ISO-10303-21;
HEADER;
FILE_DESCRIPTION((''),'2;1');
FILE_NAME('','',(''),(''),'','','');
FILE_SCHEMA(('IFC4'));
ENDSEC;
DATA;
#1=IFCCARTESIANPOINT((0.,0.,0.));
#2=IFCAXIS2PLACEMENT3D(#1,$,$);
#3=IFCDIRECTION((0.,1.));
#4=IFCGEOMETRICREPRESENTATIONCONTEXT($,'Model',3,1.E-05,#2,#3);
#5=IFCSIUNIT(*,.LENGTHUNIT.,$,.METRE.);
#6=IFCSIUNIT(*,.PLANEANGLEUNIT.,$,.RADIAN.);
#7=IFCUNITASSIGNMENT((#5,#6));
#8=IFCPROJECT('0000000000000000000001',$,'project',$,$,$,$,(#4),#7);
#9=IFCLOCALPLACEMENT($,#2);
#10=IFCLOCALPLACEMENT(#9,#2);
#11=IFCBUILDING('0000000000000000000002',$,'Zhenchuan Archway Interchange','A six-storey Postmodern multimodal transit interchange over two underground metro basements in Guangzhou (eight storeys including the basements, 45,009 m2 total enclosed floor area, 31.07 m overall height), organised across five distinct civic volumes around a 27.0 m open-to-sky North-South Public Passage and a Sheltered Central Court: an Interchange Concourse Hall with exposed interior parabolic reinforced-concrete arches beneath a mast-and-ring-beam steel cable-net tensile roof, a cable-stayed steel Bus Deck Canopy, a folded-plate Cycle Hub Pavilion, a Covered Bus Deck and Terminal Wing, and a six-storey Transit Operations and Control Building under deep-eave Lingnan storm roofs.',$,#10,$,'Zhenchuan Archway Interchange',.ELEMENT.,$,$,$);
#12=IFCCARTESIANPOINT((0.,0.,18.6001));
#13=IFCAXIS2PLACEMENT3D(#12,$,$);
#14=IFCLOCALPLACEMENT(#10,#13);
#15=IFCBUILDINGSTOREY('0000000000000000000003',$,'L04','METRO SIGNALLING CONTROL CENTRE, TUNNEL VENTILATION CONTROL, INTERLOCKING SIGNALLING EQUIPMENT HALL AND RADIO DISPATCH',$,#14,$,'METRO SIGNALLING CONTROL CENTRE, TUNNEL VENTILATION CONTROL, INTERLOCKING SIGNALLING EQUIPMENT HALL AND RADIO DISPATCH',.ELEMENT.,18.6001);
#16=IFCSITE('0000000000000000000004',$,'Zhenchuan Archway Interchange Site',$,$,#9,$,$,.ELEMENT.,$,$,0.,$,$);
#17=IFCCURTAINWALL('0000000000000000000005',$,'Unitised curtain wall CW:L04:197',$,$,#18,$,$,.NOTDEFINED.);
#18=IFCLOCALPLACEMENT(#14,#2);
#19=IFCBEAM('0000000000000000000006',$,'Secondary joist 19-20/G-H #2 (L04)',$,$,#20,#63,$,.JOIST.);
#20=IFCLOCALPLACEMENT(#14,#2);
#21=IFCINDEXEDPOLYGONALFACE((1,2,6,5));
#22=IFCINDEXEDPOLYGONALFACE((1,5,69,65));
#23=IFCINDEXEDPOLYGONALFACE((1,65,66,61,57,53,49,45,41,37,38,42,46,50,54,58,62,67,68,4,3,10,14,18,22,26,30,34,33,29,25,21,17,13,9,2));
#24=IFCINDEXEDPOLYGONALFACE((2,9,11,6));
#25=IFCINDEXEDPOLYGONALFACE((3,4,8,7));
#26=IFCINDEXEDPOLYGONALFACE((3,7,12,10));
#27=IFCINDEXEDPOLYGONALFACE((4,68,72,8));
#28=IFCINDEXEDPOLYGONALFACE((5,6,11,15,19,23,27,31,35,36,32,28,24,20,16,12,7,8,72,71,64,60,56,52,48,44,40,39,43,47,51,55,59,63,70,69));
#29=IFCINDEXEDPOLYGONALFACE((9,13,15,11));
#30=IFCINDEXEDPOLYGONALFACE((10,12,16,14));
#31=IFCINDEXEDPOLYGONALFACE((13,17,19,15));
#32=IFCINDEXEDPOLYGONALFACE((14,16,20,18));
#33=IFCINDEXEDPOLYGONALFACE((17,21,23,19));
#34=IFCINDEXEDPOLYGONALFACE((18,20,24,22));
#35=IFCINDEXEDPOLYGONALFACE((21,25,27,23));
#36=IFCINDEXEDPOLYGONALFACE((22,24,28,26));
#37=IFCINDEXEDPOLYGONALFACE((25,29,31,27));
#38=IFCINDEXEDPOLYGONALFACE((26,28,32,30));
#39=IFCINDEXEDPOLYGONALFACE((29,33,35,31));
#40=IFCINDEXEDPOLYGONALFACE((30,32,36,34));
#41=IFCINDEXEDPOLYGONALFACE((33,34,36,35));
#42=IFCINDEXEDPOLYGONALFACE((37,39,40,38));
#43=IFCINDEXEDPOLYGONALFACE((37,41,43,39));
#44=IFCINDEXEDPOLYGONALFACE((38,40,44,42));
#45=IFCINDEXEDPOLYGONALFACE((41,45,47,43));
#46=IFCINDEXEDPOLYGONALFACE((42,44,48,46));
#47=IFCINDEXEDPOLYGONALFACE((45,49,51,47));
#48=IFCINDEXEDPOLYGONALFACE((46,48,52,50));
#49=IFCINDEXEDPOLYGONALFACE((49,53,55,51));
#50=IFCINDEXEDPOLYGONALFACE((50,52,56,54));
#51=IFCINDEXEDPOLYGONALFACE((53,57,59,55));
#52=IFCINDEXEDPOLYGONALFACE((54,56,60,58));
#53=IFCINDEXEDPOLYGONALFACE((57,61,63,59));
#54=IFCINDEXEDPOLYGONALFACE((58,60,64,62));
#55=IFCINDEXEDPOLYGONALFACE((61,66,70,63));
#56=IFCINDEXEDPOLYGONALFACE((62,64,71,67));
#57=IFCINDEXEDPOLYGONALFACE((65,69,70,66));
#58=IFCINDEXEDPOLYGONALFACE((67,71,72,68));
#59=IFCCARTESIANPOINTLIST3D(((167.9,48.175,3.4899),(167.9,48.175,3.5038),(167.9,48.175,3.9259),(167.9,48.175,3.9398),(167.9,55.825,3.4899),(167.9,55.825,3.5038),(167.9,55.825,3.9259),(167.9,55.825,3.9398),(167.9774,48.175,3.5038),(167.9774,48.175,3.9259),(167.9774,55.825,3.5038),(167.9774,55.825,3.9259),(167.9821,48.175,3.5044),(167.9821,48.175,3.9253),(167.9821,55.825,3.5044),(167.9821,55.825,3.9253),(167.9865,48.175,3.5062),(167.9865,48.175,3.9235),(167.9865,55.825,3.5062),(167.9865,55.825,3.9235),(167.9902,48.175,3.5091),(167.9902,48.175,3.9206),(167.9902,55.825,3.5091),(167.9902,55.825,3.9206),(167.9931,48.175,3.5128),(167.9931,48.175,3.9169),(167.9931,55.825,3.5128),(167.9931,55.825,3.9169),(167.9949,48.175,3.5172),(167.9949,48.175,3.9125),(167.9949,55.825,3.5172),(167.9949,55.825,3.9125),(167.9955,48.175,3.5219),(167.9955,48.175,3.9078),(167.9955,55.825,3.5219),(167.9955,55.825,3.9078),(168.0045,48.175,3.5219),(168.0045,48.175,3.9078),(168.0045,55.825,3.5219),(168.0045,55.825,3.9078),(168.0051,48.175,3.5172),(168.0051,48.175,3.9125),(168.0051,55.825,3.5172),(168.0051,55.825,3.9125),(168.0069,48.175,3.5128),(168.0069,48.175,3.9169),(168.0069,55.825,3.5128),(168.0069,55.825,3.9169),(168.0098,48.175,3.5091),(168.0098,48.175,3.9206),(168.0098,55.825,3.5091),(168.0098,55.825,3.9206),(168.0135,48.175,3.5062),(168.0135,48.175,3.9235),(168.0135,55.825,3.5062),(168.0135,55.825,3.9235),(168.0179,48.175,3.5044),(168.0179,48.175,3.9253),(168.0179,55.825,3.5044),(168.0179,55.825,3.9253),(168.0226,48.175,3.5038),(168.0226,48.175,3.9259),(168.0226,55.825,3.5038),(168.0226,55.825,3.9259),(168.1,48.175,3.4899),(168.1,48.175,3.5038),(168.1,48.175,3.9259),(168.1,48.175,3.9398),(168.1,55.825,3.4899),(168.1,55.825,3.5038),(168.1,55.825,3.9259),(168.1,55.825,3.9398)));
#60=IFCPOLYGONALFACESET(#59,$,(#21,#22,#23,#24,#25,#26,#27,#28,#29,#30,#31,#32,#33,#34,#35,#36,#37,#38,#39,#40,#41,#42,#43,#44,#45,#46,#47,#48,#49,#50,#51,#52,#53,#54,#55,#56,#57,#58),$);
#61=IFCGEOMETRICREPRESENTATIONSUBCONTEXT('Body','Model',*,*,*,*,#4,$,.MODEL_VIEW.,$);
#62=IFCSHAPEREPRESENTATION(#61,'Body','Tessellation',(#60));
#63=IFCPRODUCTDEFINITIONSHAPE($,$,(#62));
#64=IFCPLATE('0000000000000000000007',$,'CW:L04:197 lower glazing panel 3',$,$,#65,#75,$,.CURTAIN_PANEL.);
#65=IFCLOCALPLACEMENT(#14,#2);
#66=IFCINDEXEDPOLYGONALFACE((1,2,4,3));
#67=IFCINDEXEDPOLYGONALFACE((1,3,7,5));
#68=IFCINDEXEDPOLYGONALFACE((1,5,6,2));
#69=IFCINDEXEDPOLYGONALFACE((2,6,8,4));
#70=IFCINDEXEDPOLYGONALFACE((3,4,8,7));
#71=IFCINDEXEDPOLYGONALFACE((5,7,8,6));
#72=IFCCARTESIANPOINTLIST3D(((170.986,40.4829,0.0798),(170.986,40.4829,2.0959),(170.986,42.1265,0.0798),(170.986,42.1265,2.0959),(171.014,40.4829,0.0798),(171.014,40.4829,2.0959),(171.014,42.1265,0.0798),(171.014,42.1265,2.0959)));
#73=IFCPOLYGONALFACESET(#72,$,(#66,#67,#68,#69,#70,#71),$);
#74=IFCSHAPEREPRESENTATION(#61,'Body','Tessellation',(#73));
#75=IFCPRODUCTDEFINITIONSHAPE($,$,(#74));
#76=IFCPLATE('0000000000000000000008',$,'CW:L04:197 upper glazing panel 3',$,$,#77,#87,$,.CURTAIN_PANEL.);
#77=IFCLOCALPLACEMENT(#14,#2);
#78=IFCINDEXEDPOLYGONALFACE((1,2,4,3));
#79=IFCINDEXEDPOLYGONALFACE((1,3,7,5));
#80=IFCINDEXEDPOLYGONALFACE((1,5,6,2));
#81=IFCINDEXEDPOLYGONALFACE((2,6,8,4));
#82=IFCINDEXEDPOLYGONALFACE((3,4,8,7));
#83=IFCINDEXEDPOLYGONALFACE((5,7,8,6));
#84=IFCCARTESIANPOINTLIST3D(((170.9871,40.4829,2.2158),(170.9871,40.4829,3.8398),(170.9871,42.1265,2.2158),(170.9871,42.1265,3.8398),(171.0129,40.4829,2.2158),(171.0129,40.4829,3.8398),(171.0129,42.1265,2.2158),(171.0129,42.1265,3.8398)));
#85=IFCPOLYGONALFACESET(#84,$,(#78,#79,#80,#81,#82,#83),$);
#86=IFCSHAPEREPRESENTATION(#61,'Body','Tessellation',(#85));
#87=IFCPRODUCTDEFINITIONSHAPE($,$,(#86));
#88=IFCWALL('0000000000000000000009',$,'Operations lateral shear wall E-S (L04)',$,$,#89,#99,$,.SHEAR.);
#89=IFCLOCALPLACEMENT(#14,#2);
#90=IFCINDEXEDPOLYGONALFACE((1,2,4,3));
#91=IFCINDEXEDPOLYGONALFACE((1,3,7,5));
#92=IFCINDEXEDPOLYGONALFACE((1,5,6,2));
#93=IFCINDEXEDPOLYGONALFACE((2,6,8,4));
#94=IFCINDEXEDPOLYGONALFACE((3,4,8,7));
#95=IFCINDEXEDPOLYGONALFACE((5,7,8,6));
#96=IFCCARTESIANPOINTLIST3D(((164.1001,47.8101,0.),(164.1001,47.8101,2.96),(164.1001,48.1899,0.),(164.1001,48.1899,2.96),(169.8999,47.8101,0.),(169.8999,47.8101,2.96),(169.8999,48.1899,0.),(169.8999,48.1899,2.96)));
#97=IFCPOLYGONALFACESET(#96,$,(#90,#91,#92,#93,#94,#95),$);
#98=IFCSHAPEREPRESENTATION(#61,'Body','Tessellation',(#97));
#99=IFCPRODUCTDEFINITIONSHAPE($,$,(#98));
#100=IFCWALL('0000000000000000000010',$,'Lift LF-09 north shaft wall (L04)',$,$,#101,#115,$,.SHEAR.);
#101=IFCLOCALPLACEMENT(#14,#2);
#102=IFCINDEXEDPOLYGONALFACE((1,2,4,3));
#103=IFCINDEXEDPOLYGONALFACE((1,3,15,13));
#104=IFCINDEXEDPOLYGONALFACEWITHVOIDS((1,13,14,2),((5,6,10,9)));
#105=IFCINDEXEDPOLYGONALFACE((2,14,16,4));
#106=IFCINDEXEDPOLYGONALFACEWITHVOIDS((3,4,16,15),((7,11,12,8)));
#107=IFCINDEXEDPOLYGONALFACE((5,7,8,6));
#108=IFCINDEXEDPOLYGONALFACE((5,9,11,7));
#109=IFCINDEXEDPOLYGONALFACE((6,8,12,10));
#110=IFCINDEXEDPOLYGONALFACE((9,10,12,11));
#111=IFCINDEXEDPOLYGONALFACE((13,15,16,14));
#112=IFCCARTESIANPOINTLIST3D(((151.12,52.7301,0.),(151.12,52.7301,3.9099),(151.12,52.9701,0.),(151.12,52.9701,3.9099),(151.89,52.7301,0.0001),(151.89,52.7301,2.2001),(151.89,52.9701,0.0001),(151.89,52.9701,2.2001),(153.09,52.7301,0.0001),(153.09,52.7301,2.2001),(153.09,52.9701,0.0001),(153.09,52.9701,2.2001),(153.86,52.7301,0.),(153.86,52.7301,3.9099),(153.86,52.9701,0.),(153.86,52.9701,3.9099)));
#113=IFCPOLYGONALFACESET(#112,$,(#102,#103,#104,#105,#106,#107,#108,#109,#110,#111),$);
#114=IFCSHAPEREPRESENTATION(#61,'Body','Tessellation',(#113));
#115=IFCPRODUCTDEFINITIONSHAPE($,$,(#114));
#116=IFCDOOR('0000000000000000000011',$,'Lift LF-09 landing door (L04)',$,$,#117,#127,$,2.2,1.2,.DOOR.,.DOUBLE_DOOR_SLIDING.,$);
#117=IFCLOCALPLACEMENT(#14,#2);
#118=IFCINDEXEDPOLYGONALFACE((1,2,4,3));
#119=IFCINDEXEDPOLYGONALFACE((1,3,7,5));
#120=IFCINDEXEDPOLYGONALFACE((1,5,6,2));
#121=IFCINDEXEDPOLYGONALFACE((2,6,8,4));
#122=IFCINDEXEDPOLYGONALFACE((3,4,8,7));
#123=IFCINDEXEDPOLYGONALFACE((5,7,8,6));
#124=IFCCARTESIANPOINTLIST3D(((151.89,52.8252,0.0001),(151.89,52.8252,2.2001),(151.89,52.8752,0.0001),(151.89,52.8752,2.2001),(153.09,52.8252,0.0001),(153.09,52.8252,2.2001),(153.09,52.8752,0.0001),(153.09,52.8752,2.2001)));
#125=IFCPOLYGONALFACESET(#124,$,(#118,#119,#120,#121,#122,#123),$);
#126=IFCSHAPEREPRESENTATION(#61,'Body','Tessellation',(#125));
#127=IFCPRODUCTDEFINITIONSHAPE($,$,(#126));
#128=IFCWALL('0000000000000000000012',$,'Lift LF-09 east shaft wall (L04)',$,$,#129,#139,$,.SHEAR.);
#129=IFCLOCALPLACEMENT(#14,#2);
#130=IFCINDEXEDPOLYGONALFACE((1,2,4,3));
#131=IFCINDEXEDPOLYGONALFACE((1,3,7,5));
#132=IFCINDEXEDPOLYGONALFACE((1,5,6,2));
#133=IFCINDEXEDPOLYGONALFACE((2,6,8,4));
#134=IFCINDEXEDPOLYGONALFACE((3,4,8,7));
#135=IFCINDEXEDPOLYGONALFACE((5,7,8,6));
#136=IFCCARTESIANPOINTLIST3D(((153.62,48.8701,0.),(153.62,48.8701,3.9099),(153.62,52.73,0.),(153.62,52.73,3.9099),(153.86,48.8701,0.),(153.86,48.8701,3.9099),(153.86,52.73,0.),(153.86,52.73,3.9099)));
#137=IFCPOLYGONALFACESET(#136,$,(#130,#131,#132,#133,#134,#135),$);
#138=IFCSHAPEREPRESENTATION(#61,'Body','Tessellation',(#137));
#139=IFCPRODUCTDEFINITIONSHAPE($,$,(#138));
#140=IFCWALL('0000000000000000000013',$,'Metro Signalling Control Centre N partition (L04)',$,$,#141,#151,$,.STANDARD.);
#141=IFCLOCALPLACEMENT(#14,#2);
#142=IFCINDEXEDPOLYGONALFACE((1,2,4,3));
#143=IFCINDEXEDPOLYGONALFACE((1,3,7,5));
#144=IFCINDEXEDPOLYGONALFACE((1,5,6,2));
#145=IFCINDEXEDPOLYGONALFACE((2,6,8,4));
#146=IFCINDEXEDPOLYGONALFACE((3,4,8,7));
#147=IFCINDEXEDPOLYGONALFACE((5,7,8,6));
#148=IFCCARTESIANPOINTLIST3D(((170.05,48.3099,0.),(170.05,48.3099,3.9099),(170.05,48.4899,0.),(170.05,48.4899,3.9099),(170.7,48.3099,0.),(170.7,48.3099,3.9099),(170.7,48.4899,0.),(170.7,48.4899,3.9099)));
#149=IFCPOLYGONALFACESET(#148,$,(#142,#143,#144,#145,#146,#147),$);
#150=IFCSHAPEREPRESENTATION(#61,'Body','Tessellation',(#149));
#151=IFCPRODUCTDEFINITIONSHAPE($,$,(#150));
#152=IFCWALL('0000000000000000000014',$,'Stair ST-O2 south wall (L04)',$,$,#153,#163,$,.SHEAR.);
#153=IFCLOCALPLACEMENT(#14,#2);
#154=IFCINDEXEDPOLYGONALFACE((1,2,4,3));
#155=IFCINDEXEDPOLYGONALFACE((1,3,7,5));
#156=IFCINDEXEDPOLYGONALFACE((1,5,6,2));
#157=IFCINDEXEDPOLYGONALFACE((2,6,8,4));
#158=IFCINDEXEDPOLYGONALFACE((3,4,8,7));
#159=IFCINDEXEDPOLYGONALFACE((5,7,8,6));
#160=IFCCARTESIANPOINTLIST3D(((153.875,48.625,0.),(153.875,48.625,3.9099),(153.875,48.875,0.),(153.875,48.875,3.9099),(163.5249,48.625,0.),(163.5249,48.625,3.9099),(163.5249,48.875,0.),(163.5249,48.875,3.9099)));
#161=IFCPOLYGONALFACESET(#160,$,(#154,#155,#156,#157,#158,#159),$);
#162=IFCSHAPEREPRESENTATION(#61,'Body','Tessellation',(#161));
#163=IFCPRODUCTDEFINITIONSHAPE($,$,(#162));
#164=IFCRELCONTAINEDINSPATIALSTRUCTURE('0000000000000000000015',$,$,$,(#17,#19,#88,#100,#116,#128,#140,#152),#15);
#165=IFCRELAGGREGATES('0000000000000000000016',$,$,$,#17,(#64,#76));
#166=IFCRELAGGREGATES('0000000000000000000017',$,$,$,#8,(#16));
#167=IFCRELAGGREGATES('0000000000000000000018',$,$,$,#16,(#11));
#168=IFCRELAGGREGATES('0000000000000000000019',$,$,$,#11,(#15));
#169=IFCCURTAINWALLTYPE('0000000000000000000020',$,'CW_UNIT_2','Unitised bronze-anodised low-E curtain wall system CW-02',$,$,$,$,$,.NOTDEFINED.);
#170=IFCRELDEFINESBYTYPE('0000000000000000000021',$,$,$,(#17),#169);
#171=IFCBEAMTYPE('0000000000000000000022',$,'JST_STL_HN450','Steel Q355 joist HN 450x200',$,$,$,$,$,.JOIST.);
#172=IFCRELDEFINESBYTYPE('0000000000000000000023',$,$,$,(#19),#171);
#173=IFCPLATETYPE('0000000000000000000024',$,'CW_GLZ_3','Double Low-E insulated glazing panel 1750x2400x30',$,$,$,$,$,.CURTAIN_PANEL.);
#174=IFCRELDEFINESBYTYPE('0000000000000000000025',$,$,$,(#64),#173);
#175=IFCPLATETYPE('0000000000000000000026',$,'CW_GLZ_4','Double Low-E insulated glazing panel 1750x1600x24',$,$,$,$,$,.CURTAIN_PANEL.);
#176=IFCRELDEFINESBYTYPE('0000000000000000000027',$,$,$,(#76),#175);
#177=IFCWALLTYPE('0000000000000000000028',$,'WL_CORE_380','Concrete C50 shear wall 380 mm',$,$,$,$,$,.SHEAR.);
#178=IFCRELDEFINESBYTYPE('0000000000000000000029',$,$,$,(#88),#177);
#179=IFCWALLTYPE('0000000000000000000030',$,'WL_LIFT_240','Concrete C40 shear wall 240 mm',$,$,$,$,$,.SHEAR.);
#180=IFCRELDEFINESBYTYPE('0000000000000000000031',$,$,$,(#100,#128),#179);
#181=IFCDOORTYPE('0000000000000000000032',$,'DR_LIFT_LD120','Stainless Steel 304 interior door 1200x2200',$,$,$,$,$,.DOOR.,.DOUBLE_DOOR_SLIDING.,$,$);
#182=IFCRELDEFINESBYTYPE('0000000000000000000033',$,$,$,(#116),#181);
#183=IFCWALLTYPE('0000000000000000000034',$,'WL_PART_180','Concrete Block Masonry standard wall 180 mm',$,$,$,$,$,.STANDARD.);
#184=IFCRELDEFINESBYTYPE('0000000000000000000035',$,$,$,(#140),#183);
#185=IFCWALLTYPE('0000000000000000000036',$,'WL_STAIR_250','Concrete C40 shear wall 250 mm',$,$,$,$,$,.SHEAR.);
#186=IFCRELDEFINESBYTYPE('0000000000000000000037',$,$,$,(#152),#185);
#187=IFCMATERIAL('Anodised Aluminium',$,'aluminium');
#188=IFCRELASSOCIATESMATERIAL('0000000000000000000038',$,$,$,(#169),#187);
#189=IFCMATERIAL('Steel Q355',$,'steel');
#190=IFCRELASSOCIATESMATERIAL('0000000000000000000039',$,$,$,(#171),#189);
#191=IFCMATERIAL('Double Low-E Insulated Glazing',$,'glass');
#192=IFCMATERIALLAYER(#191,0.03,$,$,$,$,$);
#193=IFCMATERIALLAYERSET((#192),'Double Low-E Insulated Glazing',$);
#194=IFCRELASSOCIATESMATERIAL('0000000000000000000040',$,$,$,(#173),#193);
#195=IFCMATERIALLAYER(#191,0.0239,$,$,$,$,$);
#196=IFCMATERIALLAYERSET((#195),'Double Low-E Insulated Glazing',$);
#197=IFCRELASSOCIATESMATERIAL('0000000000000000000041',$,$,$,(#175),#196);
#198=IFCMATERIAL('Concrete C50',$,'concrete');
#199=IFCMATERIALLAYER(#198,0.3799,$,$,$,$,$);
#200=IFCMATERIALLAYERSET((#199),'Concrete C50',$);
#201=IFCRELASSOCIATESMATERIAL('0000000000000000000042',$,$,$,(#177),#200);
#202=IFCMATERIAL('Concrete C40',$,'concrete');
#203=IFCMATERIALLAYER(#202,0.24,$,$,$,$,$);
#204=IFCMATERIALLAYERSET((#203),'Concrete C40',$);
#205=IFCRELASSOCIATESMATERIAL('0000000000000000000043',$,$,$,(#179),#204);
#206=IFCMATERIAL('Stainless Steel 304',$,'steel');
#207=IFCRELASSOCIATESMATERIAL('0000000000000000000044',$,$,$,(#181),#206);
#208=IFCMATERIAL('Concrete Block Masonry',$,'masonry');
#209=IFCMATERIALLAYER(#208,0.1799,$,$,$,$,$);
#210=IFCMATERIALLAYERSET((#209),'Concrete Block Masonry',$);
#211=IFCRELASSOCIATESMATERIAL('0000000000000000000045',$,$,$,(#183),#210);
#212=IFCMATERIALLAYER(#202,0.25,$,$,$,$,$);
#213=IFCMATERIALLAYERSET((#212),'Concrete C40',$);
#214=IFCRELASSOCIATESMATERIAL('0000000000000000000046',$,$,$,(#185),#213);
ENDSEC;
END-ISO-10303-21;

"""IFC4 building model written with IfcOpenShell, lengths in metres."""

from ifc_helpers import new_model, si_unit, direction, frame, frame_2d, origin, origin_2d, place, context, subcontext, project, spatial, rectangle, i_section, extrude, material, layer, layer_set, material_profile, profile_set, type_object, element, fill, aggregate, save


model = new_model("IFC4")

# Units and contexts
model_context = context("Model", 3, precision=1e-05, world=origin(), true_north=direction((0.0, 1.0)))
body_context = subcontext(model_context, "Body", "Model", "MODEL_VIEW")
ifc_project = project(units=[si_unit("LENGTHUNIT", "METRE"), si_unit("PLANEANGLEUNIT", "RADIAN")], contexts=[model_context])

# Site, building, storey
site_placement = place(None, origin())
site = spatial("IfcSite", under=ifc_project, at=site_placement, Name="Zhenchuan Archway Interchange Site", CompositionType="ELEMENT", RefElevation=0.0)
building_placement = place(site_placement, origin())
building = spatial("IfcBuilding", under=site, at=building_placement, Name="Zhenchuan Archway Interchange", Description="A six-storey Postmodern multimodal transit interchange over two underground metro basements in Guangzhou (eight storeys including the basements, 45,009 m2 total enclosed floor area, 31.07 m overall height), organised across five distinct civic volumes around a 27.0 m open-to-sky North-South Public Passage and a Sheltered Central Court: an Interchange Concourse Hall with exposed interior parabolic reinforced-concrete arches beneath a mast-and-ring-beam steel cable-net tensile roof, a cable-stayed steel Bus Deck Canopy, a folded-plate Cycle Hub Pavilion, a Covered Bus Deck and Terminal Wing, and a six-storey Transit Operations and Control Building under deep-eave Lingnan storm roofs.", LongName="Zhenchuan Archway Interchange", CompositionType="ELEMENT")
storey_placement = place(building_placement, frame((0.0, 0.0, 18.6001)))
storey = spatial("IfcBuildingStorey", under=building, at=storey_placement, Name="L04", Description="METRO SIGNALLING CONTROL CENTRE, TUNNEL VENTILATION CONTROL, INTERLOCKING SIGNALLING EQUIPMENT HALL AND RADIO DISPATCH", LongName="METRO SIGNALLING CONTROL CENTRE, TUNNEL VENTILATION CONTROL, INTERLOCKING SIGNALLING EQUIPMENT HALL AND RADIO DISPATCH", CompositionType="ELEMENT", Elevation=18.6001)

# Shared definitions
ifc_material_1 = material(Name="Concrete C40", Category="concrete")

# Curtain wall
ifc_material_2 = material(Name="Anodised Aluminium", Category="aluminium")
curtain_wall_type = type_object("IfcCurtainWallType", Name="CW_UNIT_2", Description="Unitised bronze-anodised low-E curtain wall system CW-02", PredefinedType="NOTDEFINED", material=ifc_material_2)
curtain_wall_placement = place(storey_placement, origin())
curtain_wall = element("IfcCurtainWall", 1, at=curtain_wall_placement, inside=storey, type_object=curtain_wall_type, Name="Unitised curtain wall CW:L04:197", PredefinedType="NOTDEFINED")

# Beam
ifc_material_3 = material(Name="Steel Q355", Category="steel")
ifc_material_profile_1 = material_profile(ifc_material_3, i_section(OverallWidth=0.2, OverallDepth=0.45, WebThickness=0.009, FlangeThickness=0.0139, FilletRadius=0.0181, at=origin_2d()), Name="HN 450x200")
ifc_profile_set_1 = profile_set([ifc_material_profile_1], Name="Steel Q355")
beam_type_1 = type_object("IfcBeamType", Name="JST_STL_HN450", Description="Steel Q355 joist HN 450x200", PredefinedType="JOIST", material=ifc_profile_set_1)
for number, where, z_axis, x_axis, name in (
    (2, (168.0, 48.175, 3.7148), (0.0, 1.0, 0.0), (-1.0, 0.0, 0.0), "Secondary joist 19-20/G-H #2 (L04)"),
):
    element("IfcBeam", number, at=place(storey_placement, frame(where, z_axis=z_axis, x_axis=x_axis)), inside=storey, type_object=beam_type_1, Name=name, PredefinedType="JOIST", context=body_context, shape_type="SweptSolid", body=[
        extrude(i_section(OverallWidth=0.2, OverallDepth=0.45, WebThickness=0.009, FlangeThickness=0.0139, FilletRadius=0.0181, at=origin_2d()), origin(), (0.0, 0.0, 1.0), 7.6499),
    ])

# Plates
ifc_material_4 = material(Name="Double Low-E Insulated Glazing", Category="glass")
ifc_layer_1 = layer(ifc_material_4, 0.03)
ifc_layer_set_1 = layer_set([ifc_layer_1], Name="Double Low-E Insulated Glazing")
plate_type_1 = type_object("IfcPlateType", Name="CW_GLZ_3", Description="Double Low-E insulated glazing panel 1750x2400x30", PredefinedType="CURTAIN_PANEL", material=ifc_layer_set_1)
plate_1_placement = place(storey_placement, frame((171.0, 41.3047, 0.0798), z_axis=(0.0, 0.0, 1.0), x_axis=(0.0, -1.0, 0.0)))
plate_1 = element("IfcPlate", 3, at=plate_1_placement, type_object=plate_type_1, Name="CW:L04:197 lower glazing panel 3", PredefinedType="CURTAIN_PANEL", context=body_context, shape_type="SweptSolid", body=[
    extrude(rectangle(XDim=1.6436, YDim=0.0281, at=origin_2d()), origin(), (0.0, 0.0, 1.0), 2.0161),
])
ifc_layer_2 = layer(ifc_material_4, 0.0239)
ifc_layer_set_2 = layer_set([ifc_layer_2], Name="Double Low-E Insulated Glazing")
plate_type_2 = type_object("IfcPlateType", Name="CW_GLZ_4", Description="Double Low-E insulated glazing panel 1750x1600x24", PredefinedType="CURTAIN_PANEL", material=ifc_layer_set_2)
plate_2_placement = place(storey_placement, frame((171.0, 41.3047, 2.2158), z_axis=(0.0, 0.0, 1.0), x_axis=(0.0, -1.0, 0.0)))
plate_2 = element("IfcPlate", 4, at=plate_2_placement, type_object=plate_type_2, Name="CW:L04:197 upper glazing panel 3", PredefinedType="CURTAIN_PANEL", context=body_context, shape_type="SweptSolid", body=[
    extrude(rectangle(XDim=1.6436, YDim=0.0259, at=origin_2d()), origin(), (0.0, 0.0, 1.0), 1.624),
])
aggregate(curtain_wall, [plate_1, plate_2])

# Wall
ifc_material_5 = material(Name="Concrete C50", Category="concrete")
ifc_layer_3 = layer(ifc_material_5, 0.3799)
ifc_layer_set_3 = layer_set([ifc_layer_3], Name="Concrete C50")
wall_type_1 = type_object("IfcWallType", Name="WL_CORE_380", Description="Concrete C50 shear wall 380 mm", PredefinedType="SHEAR", material=ifc_layer_set_3)
wall_1_placement = place(storey_placement, frame((164.1001, 48.0, 0.0), z_axis=(0.0, 0.0, 1.0), x_axis=(1.0, 0.0, 0.0)))
element("IfcWall", 5, at=wall_1_placement, inside=storey, type_object=wall_type_1, Name="Operations lateral shear wall E-S (L04)", PredefinedType="SHEAR", context=body_context, shape_type="SweptSolid", body=[
    extrude(rectangle(XDim=5.7998, YDim=0.3799, at=frame_2d((2.8999, 0.0))), origin(), (0.0, 0.0, 1.0), 2.96),
])

# Wall, opening, door
ifc_layer_4 = layer(ifc_material_1, 0.24)
ifc_layer_set_4 = layer_set([ifc_layer_4], Name="Concrete C40")
wall_type_2 = type_object("IfcWallType", Name="WL_LIFT_240", Description="Concrete C40 shear wall 240 mm", PredefinedType="SHEAR", material=ifc_layer_set_4)
wall_2_placement = place(storey_placement, frame((153.8601, 52.8501, 0.0), z_axis=(0.0, 0.0, 1.0), x_axis=(-1.0, 0.0, 0.0)))
wall_2 = element("IfcWall", 6, at=wall_2_placement, inside=storey, type_object=wall_type_2, Name="Lift LF-09 north shaft wall (L04)", PredefinedType="SHEAR", context=body_context, shape_type="SweptSolid", body=[
    extrude(rectangle(XDim=2.74, YDim=0.24, at=frame_2d((1.3701, 0.0))), origin(), (0.0, 0.0, 1.0), 3.9099),
])
opening_1_placement = place(wall_2_placement, frame((0.77, 0.0, 0.0)))
opening_1 = element("IfcOpeningElement", 7, at=opening_1_placement, cuts=wall_2, PredefinedType="OPENING", context=body_context, shape_type="SweptSolid", body=[
    extrude(rectangle(XDim=1.2, YDim=2.2, at=frame_2d((0.6001, 1.1001))), frame((0.0, 0.1318, 0.0), z_axis=(0.0, -1.0, 0.0), x_axis=(1.0, 0.0, 0.0)), (0.0, 0.0, 1.0), 0.2639),
])
ifc_material_6 = material(Name="Stainless Steel 304", Category="steel")
door_type_1 = type_object("IfcDoorType", Name="DR_LIFT_LD120", Description="Stainless Steel 304 interior door 1200x2200", OperationType="DOUBLE_DOOR_SLIDING", PredefinedType="DOOR", material=ifc_material_6)
door_1_placement = place(opening_1_placement, origin())
door_1 = element("IfcDoor", 8, at=door_1_placement, inside=storey, type_object=door_type_1, Name="Lift LF-09 landing door (L04)", OperationType="DOUBLE_DOOR_SLIDING", OverallHeight=2.2, OverallWidth=1.2, PredefinedType="DOOR", context=body_context, shape_type="SweptSolid", body=[
    extrude(rectangle(XDim=1.2, YDim=2.2, at=frame_2d((0.6001, 1.1001))), frame((0.0, 0.0249, 0.0), z_axis=(0.0, -1.0, 0.0), x_axis=(1.0, 0.0, 0.0)), (0.0, 0.0, 1.0), 0.05),
])
fill(opening_1, door_1)

# Walls
wall_3_placement = place(storey_placement, frame((153.74, 48.8701, 0.0), z_axis=(0.0, 0.0, 1.0), x_axis=(0.0, 1.0, 0.0)))
element("IfcWall", 9, at=wall_3_placement, inside=storey, type_object=wall_type_2, Name="Lift LF-09 east shaft wall (L04)", PredefinedType="SHEAR", context=body_context, shape_type="SweptSolid", body=[
    extrude(rectangle(XDim=3.8599, YDim=0.24, at=frame_2d((1.9299, 0.0))), origin(), (0.0, 0.0, 1.0), 3.9099),
])
ifc_material_7 = material(Name="Concrete Block Masonry", Category="masonry")
ifc_layer_5 = layer(ifc_material_7, 0.1799)
ifc_layer_set_5 = layer_set([ifc_layer_5], Name="Concrete Block Masonry")
wall_type_3 = type_object("IfcWallType", Name="WL_PART_180", Description="Concrete Block Masonry standard wall 180 mm", PredefinedType="STANDARD", material=ifc_layer_set_5)
wall_4_placement = place(storey_placement, frame((170.05, 48.3999, 0.0), z_axis=(0.0, 0.0, 1.0), x_axis=(1.0, 0.0, 0.0)))
element("IfcWall", 10, at=wall_4_placement, inside=storey, type_object=wall_type_3, Name="Metro Signalling Control Centre N partition (L04)", PredefinedType="STANDARD", context=body_context, shape_type="SweptSolid", body=[
    extrude(rectangle(XDim=0.6499, YDim=0.1799, at=frame_2d((0.325, 0.0))), origin(), (0.0, 0.0, 1.0), 3.9099),
])
ifc_layer_6 = layer(ifc_material_1, 0.25)
ifc_layer_set_6 = layer_set([ifc_layer_6], Name="Concrete C40")
wall_type_4 = type_object("IfcWallType", Name="WL_STAIR_250", Description="Concrete C40 shear wall 250 mm", PredefinedType="SHEAR", material=ifc_layer_set_6)
wall_5_placement = place(storey_placement, frame((153.875, 48.75, 0.0), z_axis=(0.0, 0.0, 1.0), x_axis=(1.0, 0.0, 0.0)))
element("IfcWall", 11, at=wall_5_placement, inside=storey, type_object=wall_type_4, Name="Stair ST-O2 south wall (L04)", PredefinedType="SHEAR", context=body_context, shape_type="SweptSolid", body=[
    extrude(rectangle(XDim=9.6499, YDim=0.25, at=frame_2d((4.825, 0.0))), origin(), (0.0, 0.0, 1.0), 3.9099),
])

save(model, "model.ifc")
